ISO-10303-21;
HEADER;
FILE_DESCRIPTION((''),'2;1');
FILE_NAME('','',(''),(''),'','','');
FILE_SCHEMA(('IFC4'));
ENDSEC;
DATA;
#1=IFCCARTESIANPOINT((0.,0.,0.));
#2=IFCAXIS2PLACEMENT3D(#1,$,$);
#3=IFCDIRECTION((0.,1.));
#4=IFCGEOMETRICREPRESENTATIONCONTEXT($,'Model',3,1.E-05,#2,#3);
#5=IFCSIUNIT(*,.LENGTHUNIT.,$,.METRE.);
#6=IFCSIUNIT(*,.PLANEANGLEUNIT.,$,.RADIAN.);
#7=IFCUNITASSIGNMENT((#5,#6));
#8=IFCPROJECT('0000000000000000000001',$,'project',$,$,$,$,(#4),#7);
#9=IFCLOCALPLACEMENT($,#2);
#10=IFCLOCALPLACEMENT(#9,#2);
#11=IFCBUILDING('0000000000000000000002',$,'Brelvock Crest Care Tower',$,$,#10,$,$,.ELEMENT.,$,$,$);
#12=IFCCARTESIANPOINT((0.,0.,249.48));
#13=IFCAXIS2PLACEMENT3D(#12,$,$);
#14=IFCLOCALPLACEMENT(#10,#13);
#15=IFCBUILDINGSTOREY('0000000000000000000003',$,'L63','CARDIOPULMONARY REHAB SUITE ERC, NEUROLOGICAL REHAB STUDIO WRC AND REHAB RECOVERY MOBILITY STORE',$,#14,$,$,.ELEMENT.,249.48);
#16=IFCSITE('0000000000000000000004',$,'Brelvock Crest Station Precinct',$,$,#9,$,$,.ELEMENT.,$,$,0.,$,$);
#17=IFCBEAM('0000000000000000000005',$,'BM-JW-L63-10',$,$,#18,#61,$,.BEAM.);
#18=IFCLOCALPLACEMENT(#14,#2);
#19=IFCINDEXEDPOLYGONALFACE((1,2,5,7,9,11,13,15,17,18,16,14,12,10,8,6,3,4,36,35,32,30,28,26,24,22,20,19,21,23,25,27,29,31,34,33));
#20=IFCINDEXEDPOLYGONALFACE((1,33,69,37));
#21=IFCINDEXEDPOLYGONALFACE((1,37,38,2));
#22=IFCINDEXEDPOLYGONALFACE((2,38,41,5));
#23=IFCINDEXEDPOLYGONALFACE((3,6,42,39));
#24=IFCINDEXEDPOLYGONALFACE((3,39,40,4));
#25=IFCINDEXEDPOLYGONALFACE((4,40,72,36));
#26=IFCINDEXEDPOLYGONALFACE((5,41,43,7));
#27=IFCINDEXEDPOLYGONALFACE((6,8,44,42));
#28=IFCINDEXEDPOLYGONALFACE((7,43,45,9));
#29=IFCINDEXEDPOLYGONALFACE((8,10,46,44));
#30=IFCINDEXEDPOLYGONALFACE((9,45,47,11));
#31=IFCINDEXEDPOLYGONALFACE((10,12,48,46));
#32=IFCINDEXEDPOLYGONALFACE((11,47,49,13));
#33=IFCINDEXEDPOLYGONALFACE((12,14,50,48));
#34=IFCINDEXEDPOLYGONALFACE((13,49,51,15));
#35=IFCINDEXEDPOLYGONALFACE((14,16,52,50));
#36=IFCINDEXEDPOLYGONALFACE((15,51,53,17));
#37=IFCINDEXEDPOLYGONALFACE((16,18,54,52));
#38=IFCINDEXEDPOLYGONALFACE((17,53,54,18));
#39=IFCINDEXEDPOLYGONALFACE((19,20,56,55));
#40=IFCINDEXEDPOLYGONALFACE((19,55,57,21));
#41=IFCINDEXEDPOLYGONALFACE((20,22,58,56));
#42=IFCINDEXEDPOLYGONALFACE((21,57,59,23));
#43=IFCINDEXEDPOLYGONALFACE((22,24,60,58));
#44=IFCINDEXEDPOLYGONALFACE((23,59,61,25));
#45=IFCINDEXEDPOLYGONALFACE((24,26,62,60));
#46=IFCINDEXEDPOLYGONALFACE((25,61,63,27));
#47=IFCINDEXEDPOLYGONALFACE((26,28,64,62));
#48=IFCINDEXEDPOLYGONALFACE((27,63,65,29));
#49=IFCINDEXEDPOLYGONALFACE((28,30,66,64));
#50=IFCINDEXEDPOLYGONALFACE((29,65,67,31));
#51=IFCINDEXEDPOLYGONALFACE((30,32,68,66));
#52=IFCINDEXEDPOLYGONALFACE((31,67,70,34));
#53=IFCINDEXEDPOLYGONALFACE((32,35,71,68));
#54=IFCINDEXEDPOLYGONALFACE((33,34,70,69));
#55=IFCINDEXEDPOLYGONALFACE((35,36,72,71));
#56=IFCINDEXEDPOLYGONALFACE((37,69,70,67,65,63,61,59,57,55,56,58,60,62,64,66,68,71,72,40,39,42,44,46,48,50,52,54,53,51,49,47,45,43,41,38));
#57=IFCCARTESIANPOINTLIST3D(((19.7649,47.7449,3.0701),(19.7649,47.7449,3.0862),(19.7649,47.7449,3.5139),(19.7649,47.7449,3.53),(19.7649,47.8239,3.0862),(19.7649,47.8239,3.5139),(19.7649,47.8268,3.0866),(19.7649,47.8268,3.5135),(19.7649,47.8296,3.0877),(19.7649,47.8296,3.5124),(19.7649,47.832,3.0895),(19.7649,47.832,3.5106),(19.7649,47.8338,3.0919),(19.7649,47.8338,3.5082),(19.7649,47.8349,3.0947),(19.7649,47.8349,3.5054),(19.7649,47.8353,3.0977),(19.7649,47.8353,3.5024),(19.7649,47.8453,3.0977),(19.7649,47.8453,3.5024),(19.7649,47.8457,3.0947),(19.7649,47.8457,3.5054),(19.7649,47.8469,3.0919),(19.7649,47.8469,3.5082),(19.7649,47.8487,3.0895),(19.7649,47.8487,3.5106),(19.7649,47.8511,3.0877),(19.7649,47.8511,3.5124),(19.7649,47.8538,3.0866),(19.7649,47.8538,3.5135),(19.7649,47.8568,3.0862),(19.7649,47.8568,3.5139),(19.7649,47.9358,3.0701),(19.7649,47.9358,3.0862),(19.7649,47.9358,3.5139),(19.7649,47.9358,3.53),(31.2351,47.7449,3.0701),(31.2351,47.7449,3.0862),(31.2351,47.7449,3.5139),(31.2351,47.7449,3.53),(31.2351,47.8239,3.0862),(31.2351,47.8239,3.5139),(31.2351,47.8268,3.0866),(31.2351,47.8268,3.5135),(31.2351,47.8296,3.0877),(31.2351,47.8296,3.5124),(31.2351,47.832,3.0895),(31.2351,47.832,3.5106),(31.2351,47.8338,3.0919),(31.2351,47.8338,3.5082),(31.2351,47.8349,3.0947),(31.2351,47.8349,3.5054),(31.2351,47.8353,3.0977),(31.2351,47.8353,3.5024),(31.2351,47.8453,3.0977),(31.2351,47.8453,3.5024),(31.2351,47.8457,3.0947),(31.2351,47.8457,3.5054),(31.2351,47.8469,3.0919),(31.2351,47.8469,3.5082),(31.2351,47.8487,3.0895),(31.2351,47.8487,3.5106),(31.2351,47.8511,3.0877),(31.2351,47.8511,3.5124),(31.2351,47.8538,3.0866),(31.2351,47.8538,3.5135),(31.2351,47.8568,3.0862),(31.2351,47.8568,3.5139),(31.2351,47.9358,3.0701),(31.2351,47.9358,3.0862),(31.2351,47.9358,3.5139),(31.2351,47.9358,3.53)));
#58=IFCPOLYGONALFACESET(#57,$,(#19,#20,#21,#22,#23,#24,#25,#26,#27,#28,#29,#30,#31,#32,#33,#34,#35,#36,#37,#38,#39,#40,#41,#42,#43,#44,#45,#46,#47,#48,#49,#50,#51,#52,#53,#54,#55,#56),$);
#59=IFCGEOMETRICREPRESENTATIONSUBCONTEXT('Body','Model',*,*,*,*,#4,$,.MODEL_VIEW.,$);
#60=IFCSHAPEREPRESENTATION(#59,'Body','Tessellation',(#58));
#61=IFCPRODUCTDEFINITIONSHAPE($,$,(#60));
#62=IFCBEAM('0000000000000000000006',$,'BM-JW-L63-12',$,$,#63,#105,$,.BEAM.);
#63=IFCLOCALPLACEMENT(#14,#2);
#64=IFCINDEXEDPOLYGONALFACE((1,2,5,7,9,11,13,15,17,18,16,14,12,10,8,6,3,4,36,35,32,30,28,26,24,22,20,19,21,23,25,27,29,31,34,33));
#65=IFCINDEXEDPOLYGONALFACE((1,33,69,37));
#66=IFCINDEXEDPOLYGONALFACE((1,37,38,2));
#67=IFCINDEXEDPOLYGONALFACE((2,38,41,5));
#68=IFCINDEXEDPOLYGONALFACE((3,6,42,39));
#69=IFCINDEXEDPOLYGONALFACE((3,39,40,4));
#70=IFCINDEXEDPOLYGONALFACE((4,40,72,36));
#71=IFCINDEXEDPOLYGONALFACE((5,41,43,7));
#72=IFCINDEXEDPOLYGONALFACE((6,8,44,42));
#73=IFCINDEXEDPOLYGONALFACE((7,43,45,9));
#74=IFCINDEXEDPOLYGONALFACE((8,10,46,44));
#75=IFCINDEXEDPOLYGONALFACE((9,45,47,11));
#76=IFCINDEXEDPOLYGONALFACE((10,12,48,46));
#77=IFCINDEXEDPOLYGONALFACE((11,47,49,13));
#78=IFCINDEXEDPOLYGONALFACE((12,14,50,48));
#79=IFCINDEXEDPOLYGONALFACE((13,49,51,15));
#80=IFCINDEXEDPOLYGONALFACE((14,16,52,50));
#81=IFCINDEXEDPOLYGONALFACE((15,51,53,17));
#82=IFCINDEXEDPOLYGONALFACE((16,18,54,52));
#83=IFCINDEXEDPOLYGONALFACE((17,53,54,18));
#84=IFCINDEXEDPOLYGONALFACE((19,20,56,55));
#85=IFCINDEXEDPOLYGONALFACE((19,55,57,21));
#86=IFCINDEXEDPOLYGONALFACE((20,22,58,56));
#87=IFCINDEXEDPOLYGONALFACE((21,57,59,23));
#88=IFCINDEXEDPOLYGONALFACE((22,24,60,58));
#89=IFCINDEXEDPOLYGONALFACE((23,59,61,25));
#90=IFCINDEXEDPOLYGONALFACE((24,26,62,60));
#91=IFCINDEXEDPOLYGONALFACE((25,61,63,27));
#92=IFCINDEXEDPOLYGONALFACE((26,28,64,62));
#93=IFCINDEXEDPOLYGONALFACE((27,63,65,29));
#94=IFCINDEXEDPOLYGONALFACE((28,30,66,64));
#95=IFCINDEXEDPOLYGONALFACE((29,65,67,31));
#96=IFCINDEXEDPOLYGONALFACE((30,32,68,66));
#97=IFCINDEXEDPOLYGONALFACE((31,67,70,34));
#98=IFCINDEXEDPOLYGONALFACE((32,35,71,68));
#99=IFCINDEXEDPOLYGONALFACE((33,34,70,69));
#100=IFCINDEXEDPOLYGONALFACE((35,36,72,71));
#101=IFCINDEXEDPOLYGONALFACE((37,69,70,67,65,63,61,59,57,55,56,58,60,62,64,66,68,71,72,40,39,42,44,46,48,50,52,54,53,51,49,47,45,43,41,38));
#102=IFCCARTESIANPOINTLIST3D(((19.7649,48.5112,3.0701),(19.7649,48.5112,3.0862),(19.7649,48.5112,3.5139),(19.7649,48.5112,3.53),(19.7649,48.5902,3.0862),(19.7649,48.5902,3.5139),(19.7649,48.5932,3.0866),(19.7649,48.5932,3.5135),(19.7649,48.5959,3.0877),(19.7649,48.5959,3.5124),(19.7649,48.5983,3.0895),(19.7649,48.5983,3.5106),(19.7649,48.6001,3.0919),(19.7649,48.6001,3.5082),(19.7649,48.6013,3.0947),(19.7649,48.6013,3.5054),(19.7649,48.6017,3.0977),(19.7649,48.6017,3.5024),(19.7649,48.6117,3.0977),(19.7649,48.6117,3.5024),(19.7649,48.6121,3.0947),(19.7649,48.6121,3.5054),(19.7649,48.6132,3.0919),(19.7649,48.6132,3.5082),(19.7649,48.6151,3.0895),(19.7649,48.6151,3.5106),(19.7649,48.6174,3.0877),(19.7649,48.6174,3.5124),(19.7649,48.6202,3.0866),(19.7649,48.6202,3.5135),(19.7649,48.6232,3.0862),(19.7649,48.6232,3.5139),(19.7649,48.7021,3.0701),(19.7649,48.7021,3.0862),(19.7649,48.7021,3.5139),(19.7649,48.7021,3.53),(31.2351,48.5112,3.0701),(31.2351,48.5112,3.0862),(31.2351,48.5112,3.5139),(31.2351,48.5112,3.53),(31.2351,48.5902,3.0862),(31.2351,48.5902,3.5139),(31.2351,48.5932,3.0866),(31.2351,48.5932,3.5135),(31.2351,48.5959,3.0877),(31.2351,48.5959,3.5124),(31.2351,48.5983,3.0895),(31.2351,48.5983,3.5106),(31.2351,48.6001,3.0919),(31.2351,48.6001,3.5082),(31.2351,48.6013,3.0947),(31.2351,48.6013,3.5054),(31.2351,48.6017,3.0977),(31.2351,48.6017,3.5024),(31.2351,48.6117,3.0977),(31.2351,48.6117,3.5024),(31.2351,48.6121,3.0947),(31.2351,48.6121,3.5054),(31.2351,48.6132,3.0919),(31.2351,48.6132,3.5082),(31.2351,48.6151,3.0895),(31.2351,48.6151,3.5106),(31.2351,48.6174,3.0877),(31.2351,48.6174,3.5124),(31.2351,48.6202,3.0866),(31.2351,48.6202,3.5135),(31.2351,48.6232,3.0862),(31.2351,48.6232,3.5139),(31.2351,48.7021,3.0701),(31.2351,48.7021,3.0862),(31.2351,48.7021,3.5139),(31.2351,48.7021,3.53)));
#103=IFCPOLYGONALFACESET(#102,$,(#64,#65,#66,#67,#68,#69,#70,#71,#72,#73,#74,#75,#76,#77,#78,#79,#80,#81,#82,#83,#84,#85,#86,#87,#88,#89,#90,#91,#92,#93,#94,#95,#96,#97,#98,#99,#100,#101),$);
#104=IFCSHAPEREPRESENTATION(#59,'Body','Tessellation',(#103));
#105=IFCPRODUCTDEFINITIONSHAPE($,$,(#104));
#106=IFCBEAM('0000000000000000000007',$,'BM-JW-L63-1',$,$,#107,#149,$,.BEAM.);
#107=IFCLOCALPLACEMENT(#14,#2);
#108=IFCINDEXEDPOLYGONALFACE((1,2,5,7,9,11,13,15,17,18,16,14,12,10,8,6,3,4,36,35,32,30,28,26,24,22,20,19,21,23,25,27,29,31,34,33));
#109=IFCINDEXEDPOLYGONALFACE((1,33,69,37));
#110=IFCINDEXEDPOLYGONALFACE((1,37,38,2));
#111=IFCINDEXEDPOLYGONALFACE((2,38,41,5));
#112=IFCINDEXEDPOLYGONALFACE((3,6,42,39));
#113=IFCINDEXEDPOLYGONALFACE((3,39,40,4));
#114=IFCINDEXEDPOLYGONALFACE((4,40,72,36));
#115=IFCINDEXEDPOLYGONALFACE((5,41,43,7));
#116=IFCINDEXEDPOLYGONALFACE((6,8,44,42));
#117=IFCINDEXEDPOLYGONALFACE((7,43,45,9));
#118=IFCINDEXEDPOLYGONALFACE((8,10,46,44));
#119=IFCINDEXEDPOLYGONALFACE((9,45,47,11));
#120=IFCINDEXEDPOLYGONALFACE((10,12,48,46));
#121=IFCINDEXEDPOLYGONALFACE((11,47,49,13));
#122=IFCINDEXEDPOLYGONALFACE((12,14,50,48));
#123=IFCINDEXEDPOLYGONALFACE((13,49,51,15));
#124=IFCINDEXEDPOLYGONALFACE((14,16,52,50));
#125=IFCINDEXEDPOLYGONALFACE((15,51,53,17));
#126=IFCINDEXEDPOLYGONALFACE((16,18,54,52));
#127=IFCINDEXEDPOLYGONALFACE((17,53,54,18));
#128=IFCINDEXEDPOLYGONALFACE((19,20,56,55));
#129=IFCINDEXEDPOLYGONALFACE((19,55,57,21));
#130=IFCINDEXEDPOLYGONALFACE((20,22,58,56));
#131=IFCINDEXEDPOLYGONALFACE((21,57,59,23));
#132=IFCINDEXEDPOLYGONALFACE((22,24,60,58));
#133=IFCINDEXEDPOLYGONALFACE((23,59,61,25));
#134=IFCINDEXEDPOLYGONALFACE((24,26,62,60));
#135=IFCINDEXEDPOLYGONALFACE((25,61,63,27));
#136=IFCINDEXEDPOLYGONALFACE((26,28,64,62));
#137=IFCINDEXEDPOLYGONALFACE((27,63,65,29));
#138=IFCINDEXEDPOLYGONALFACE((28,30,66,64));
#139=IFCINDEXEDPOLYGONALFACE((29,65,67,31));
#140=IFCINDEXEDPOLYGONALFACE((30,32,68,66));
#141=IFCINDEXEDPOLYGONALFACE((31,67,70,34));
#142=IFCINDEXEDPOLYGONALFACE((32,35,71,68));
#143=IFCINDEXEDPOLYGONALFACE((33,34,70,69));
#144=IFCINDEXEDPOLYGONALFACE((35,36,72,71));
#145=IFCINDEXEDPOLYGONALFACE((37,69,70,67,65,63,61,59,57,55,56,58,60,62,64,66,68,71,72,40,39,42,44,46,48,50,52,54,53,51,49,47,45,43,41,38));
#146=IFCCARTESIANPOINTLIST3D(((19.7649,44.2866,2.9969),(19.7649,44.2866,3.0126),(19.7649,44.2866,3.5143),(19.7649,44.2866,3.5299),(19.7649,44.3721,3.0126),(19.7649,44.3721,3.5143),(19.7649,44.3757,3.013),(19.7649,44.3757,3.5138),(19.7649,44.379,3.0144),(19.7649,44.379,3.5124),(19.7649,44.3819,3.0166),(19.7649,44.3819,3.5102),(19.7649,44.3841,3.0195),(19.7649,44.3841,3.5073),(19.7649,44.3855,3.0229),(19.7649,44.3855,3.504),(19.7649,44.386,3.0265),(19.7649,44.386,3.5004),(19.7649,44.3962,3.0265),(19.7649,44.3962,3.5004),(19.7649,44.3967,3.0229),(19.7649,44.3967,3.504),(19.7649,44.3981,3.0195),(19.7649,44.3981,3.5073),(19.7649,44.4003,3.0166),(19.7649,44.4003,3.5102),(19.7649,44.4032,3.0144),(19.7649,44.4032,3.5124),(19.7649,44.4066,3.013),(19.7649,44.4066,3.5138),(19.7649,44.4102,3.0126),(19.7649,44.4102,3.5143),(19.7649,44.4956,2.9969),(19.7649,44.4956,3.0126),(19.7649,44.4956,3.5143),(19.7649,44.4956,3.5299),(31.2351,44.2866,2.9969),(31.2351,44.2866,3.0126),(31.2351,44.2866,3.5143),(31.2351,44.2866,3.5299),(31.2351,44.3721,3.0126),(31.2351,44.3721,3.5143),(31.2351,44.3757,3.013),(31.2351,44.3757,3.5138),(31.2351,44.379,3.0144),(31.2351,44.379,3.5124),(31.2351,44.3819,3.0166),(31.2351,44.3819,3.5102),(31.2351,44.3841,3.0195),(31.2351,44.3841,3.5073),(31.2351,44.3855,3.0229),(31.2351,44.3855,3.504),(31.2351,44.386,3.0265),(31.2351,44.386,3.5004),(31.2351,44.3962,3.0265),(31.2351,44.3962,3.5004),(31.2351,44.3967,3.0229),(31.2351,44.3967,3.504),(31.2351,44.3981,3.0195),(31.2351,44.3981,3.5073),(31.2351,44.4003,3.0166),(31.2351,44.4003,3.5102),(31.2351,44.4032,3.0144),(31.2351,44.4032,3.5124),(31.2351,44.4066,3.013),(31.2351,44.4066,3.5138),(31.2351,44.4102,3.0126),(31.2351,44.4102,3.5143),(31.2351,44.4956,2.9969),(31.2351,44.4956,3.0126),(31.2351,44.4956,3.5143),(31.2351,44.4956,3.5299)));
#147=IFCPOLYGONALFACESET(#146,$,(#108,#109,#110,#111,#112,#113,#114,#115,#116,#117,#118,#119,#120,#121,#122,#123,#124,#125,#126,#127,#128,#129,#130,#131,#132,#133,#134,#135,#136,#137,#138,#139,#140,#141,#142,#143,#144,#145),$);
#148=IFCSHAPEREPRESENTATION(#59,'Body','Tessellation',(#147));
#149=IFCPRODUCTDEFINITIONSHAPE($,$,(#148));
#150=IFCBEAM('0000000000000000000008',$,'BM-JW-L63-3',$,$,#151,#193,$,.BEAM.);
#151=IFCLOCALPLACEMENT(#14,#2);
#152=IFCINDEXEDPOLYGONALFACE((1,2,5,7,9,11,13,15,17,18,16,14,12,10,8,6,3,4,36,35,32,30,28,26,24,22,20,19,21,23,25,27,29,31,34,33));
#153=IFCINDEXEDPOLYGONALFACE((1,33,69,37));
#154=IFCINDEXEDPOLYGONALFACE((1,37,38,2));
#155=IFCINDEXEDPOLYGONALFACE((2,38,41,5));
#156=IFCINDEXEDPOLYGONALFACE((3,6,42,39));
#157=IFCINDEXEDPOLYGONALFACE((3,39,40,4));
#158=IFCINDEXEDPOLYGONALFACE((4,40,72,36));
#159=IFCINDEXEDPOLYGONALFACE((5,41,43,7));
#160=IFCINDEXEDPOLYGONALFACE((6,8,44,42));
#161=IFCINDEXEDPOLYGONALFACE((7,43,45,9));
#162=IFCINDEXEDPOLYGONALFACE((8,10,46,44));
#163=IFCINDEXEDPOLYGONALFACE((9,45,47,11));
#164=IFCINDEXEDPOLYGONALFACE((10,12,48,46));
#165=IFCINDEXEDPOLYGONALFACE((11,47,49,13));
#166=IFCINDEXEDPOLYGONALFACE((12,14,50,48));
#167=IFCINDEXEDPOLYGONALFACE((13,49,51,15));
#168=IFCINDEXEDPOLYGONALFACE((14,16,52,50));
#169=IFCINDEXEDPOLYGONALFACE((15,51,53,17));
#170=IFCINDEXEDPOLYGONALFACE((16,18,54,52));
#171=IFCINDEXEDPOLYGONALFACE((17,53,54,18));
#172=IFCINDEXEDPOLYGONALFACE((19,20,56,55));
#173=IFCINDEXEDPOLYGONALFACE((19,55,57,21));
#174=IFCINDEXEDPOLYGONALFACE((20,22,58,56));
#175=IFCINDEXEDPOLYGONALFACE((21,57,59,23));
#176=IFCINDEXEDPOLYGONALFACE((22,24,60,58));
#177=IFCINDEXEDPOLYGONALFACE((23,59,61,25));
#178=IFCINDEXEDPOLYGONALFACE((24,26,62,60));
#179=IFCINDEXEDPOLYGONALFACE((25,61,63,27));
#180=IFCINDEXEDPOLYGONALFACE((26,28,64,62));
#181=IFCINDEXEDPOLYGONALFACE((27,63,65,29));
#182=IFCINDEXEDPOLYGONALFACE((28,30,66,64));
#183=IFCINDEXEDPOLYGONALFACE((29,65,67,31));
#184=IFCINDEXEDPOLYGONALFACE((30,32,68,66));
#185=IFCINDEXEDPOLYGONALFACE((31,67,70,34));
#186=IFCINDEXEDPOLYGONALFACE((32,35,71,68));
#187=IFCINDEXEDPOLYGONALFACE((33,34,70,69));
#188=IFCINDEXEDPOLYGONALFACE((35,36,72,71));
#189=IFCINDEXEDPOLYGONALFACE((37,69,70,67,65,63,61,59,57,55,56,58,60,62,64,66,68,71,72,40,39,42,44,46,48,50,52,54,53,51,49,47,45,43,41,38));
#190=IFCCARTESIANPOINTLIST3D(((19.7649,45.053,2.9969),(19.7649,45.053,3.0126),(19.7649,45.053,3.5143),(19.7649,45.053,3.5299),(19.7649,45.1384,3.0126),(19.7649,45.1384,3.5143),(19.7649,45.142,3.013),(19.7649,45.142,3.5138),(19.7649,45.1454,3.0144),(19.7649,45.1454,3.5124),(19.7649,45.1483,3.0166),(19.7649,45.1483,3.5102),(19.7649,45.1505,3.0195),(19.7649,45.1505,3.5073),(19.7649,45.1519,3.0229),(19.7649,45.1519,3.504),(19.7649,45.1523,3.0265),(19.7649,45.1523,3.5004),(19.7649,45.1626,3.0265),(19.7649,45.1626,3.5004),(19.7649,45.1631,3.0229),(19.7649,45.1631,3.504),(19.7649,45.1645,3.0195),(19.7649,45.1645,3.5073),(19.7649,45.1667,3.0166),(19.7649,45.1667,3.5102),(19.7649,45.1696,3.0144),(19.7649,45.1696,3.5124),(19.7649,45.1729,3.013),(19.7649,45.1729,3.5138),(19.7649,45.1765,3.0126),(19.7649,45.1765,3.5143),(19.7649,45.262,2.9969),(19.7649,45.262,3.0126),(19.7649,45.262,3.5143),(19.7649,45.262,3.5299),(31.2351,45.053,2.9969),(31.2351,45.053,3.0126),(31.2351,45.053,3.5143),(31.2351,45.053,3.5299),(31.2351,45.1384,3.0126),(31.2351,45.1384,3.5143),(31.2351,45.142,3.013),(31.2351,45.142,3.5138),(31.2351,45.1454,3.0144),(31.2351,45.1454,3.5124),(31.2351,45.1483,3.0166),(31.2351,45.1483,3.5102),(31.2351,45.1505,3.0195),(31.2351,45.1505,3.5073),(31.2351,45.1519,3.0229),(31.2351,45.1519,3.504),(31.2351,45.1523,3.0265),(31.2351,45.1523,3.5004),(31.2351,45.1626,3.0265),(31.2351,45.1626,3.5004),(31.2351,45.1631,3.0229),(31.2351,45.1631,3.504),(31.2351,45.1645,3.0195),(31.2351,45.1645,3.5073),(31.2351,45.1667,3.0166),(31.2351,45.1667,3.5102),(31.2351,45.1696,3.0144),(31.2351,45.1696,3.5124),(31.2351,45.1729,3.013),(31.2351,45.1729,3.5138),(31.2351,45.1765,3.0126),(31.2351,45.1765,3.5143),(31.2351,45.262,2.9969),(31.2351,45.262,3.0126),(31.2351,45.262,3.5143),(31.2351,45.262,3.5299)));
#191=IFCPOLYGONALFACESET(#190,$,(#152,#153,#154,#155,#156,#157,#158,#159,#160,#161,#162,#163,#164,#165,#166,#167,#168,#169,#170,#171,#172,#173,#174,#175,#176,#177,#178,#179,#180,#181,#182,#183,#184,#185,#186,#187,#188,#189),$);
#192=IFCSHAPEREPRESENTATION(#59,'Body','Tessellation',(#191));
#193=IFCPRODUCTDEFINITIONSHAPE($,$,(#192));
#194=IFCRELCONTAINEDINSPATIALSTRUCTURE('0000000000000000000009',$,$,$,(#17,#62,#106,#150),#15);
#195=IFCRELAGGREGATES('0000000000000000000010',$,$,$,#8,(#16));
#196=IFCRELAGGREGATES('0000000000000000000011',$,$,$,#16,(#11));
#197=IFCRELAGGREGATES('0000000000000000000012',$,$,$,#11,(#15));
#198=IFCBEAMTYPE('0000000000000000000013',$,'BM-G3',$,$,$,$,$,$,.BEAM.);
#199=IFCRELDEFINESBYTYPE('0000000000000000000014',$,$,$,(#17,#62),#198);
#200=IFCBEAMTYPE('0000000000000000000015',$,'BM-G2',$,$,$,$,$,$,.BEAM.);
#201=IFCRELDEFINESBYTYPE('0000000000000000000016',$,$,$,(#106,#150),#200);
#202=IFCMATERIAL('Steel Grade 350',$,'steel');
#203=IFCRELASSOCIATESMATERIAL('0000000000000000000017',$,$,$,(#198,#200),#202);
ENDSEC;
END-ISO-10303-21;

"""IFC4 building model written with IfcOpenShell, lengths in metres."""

from ifc_helpers import new_model, si_unit, direction, frame, origin, origin_2d, place, context, subcontext, project, spatial, i_section, extrude, source, transform, mapped, material, material_profile, profile_set, type_object, element, save


model = new_model("IFC4")

# Units and contexts
model_context = context("Model", 3, precision=1e-05, world=origin(), true_north=direction((0.0, 1.0)))
body_context = subcontext(model_context, "Body", "Model", "MODEL_VIEW")
ifc_project = project(units=[si_unit("LENGTHUNIT", "METRE"), si_unit("PLANEANGLEUNIT", "RADIAN")], contexts=[model_context])

# Site, building, storey
site_placement = place(None, origin())
site = spatial("IfcSite", under=ifc_project, at=site_placement, Name="Brelvock Crest Station Precinct", CompositionType="ELEMENT", RefElevation=0.0)
building_placement = place(site_placement, origin())
building = spatial("IfcBuilding", under=site, at=building_placement, Name="Brelvock Crest Care Tower", CompositionType="ELEMENT")
storey_placement = place(building_placement, frame((0.0, 0.0, 249.48)))
storey = spatial("IfcBuildingStorey", under=building, at=storey_placement, Name="L63", Description="CARDIOPULMONARY REHAB SUITE ERC, NEUROLOGICAL REHAB STUDIO WRC AND REHAB RECOVERY MOBILITY STORE", CompositionType="ELEMENT", Elevation=249.48)

# Beams
ifc_material_1 = material(Name="Steel Grade 350", Category="steel")
ifc_material_profile_1 = material_profile(ifc_material_1, i_section(OverallWidth=0.1909, OverallDepth=0.46, WebThickness=0.01, FlangeThickness=0.0161, FilletRadius=0.0115, at=origin_2d()), Name="460UB82.1")
ifc_profile_set_1 = profile_set([ifc_material_profile_1], Name="Steel Grade 350")
beam_type_1 = type_object("IfcBeamType", Name="BM-G3", PredefinedType="BEAM", material=ifc_profile_set_1)
shared_shape_1 = source(origin(), body_context, "Body", "SweptSolid", [
    extrude(i_section(OverallWidth=0.1909, OverallDepth=0.46, WebThickness=0.01, FlangeThickness=0.0161, FilletRadius=0.0115, at=origin_2d()), origin(), (0.0, 0.0, 1.0), 11.4702),
])
for number, where, z_axis, x_axis, name in (
    (1, (19.7649, 47.8403, 3.3), (1.0, 0.0, 0.0), (0.0, 1.0, 0.0), "BM-JW-L63-10"),
    (2, (19.7649, 48.6067, 3.3), (1.0, 0.0, 0.0), (0.0, 1.0, 0.0), "BM-JW-L63-12"),
):
    element("IfcBeam", number, at=place(storey_placement, frame(where, z_axis=z_axis, x_axis=x_axis)), inside=storey, type_object=beam_type_1, Name=name, PredefinedType="BEAM", context=body_context, shape_type="MappedRepresentation", body=[
        mapped(shared_shape_1, transform((0.0, 0.0, 0.0), x_axis=(1.0, 0.0, 0.0), y_axis=(0.0, 1.0, 0.0), z_axis=(0.0, 0.0, 1.0), scale=1.0)),
    ])
ifc_material_profile_2 = material_profile(ifc_material_1, i_section(OverallWidth=0.209, OverallDepth=0.533, WebThickness=0.0103, FlangeThickness=0.0156, FilletRadius=0.0139, at=origin_2d()), Name="530UB92.4")
ifc_profile_set_2 = profile_set([ifc_material_profile_2], Name="Steel Grade 350")
beam_type_2 = type_object("IfcBeamType", Name="BM-G2", PredefinedType="BEAM", material=ifc_profile_set_2)
shared_shape_2 = source(origin(), body_context, "Body", "SweptSolid", [
    extrude(i_section(OverallWidth=0.209, OverallDepth=0.533, WebThickness=0.0103, FlangeThickness=0.0156, FilletRadius=0.0139, at=origin_2d()), origin(), (0.0, 0.0, 1.0), 11.4702),
])
for number, where, z_axis, x_axis, name in (
    (3, (19.7649, 44.3911, 3.2634), (1.0, 0.0, 0.0), (0.0, 1.0, 0.0), "BM-JW-L63-1"),
    (4, (19.7649, 45.1575, 3.2634), (1.0, 0.0, 0.0), (0.0, 1.0, 0.0), "BM-JW-L63-3"),
):
    element("IfcBeam", number, at=place(storey_placement, frame(where, z_axis=z_axis, x_axis=x_axis)), inside=storey, type_object=beam_type_2, Name=name, PredefinedType="BEAM", context=body_context, shape_type="MappedRepresentation", body=[
        mapped(shared_shape_2, transform((0.0, 0.0, 0.0), x_axis=(1.0, 0.0, 0.0), y_axis=(0.0, 1.0, 0.0), z_axis=(0.0, 0.0, 1.0), scale=1.0)),
    ])

save(model, "model.ifc")
